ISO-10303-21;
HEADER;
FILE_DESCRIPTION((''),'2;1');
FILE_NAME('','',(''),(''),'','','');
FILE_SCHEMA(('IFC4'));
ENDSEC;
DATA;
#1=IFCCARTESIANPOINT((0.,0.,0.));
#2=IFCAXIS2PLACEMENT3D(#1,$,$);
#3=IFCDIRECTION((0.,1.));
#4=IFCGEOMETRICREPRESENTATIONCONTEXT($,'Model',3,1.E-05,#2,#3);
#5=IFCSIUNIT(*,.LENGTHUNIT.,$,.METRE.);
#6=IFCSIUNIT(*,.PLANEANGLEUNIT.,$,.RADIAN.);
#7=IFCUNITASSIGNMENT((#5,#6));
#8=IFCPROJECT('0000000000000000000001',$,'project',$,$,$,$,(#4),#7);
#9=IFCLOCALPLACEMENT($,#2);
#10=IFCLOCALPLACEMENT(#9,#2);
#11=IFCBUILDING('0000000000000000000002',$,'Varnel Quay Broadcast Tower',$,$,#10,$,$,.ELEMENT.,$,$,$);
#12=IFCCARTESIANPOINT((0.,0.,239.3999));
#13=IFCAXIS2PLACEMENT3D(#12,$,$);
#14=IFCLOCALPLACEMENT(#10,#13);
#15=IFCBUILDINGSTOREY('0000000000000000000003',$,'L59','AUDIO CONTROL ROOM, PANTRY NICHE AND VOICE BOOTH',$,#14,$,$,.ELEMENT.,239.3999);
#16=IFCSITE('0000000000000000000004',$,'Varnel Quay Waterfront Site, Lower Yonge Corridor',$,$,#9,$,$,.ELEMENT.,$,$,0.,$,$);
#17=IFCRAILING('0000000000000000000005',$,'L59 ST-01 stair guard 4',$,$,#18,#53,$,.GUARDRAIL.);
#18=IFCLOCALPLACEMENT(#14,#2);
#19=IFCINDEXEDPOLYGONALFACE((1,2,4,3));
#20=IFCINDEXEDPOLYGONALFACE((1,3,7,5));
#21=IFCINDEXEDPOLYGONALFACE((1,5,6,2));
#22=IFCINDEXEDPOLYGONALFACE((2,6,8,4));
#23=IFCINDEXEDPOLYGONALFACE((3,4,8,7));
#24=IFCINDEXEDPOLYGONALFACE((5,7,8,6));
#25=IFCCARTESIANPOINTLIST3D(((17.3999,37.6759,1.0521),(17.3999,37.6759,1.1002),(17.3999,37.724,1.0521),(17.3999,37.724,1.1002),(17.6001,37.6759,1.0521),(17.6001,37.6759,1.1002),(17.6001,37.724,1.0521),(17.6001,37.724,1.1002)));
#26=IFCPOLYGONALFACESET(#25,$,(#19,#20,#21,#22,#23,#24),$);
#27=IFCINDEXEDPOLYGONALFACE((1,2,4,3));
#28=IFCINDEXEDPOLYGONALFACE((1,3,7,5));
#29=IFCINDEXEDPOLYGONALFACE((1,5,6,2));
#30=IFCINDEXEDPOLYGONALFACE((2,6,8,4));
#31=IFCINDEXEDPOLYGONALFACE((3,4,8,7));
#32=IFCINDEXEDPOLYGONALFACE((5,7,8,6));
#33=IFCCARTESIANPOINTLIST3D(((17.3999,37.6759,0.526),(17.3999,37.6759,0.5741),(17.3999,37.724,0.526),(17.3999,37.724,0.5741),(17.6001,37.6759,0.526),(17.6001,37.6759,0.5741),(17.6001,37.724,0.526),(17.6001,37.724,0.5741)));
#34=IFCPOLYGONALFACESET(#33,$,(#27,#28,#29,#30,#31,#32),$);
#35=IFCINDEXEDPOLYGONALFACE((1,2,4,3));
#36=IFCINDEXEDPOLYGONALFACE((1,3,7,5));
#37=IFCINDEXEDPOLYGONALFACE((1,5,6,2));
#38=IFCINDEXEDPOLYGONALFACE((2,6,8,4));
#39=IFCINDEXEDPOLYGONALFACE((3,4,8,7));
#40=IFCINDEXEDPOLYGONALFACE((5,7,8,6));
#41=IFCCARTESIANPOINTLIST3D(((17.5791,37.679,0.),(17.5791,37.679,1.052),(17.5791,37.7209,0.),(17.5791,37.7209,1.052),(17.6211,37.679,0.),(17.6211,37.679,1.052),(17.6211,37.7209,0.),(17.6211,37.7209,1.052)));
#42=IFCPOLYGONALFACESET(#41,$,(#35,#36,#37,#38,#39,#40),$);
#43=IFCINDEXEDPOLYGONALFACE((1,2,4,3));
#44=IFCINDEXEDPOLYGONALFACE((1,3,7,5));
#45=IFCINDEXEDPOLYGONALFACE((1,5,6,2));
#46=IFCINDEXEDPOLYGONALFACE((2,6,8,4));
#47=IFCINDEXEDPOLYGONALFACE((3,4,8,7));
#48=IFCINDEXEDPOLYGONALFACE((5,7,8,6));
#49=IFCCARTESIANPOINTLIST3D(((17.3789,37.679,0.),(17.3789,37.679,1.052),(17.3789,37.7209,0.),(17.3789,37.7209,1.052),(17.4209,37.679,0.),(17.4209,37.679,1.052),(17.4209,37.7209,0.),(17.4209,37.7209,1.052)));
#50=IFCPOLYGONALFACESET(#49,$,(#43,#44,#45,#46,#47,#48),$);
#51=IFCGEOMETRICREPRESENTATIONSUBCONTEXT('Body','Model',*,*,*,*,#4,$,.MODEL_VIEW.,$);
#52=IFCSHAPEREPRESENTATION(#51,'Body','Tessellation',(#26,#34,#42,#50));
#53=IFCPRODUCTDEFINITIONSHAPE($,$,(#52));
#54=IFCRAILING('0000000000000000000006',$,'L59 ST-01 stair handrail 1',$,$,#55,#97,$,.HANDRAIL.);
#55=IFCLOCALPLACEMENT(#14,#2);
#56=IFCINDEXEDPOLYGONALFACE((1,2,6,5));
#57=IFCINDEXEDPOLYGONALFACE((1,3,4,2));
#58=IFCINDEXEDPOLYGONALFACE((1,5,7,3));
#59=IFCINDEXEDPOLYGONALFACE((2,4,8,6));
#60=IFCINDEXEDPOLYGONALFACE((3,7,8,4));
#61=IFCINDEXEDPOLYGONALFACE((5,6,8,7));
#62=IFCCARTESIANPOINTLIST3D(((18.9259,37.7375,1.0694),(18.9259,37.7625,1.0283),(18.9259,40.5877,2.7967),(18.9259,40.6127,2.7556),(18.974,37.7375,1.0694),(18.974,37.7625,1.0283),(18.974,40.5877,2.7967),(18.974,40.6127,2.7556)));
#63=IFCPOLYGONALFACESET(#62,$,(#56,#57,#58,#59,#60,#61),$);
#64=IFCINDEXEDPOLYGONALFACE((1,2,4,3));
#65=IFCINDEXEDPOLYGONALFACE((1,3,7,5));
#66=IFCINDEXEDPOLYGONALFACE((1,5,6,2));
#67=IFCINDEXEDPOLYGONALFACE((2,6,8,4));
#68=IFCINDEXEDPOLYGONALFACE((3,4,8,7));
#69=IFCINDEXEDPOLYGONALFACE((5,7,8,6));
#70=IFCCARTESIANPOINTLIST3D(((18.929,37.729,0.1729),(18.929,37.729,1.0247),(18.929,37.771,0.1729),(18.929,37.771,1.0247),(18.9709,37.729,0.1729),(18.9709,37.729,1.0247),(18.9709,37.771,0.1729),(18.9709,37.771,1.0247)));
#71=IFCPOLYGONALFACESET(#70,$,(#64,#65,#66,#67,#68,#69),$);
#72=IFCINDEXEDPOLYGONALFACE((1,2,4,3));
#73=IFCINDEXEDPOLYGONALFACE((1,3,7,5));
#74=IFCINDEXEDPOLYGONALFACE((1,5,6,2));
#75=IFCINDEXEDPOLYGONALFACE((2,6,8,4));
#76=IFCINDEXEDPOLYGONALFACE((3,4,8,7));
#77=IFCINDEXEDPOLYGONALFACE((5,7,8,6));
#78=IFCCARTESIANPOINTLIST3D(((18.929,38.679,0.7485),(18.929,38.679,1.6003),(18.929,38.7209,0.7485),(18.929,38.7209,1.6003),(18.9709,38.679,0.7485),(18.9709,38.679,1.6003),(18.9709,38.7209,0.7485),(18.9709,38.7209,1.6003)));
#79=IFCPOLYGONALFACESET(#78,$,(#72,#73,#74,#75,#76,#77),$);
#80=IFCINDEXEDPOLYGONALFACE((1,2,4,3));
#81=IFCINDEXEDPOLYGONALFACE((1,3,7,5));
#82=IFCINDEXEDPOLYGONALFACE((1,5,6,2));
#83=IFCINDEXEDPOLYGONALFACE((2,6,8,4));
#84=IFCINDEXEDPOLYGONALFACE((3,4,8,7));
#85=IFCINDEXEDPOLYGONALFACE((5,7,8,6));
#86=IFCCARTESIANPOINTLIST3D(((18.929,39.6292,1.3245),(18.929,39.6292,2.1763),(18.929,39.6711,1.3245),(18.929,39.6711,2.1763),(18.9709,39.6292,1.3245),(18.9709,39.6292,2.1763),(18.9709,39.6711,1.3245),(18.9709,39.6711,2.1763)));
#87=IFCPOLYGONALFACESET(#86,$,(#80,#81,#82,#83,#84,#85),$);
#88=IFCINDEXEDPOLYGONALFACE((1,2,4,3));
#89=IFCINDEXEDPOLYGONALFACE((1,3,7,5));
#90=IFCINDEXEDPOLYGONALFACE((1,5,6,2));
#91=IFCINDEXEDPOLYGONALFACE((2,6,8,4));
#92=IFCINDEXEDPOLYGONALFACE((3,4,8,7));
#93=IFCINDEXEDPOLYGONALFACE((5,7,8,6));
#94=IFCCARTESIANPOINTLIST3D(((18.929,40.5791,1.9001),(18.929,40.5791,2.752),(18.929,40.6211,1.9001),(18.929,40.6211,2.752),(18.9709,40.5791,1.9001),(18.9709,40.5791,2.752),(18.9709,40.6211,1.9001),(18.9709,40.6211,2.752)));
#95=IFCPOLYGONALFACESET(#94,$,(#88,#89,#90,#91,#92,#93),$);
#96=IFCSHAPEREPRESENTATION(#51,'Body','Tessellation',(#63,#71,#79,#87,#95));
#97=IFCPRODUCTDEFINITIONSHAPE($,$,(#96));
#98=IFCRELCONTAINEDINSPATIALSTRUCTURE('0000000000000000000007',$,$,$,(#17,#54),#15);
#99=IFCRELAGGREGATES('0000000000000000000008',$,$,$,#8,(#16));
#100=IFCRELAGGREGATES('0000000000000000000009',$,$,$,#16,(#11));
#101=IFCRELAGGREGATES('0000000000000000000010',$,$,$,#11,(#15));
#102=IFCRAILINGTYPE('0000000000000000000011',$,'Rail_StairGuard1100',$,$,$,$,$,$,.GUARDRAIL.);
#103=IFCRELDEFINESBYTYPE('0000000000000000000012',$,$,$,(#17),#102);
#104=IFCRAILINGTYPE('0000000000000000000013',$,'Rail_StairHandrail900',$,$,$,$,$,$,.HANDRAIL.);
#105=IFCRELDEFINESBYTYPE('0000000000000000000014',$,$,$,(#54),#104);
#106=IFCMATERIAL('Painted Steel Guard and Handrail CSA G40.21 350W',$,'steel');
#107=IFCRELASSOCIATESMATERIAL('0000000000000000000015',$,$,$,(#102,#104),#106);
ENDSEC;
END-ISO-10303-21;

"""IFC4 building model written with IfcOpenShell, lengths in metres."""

from ifc_helpers import new_model, si_unit, direction, frame, origin, origin_2d, place, context, subcontext, project, spatial, rectangle, extrude, material, type_object, element, save


model = new_model("IFC4")

# Units and contexts
model_context = context("Model", 3, precision=1e-05, world=origin(), true_north=direction((0.0, 1.0)))
body_context = subcontext(model_context, "Body", "Model", "MODEL_VIEW")
ifc_project = project(units=[si_unit("LENGTHUNIT", "METRE"), si_unit("PLANEANGLEUNIT", "RADIAN")], contexts=[model_context])

# Site, building, storey
site_placement = place(None, origin())
site = spatial("IfcSite", under=ifc_project, at=site_placement, Name="Varnel Quay Waterfront Site, Lower Yonge Corridor", CompositionType="ELEMENT", RefElevation=0.0)
building_placement = place(site_placement, origin())
building = spatial("IfcBuilding", under=site, at=building_placement, Name="Varnel Quay Broadcast Tower", CompositionType="ELEMENT")
storey_placement = place(building_placement, frame((0.0, 0.0, 239.3999)))
storey = spatial("IfcBuildingStorey", under=building, at=storey_placement, Name="L59", Description="AUDIO CONTROL ROOM, PANTRY NICHE AND VOICE BOOTH", CompositionType="ELEMENT", Elevation=239.3999)

# Railings
ifc_material_1 = material(Name="Painted Steel Guard and Handrail CSA G40.21 350W", Category="steel")
railing_type_1 = type_object("IfcRailingType", Name="Rail_StairGuard1100", PredefinedType="GUARDRAIL", material=ifc_material_1)
railing_1_placement = place(storey_placement, frame((17.6001, 37.7, 0.0)))
element("IfcRailing", 1, at=railing_1_placement, inside=storey, type_object=railing_type_1, Name="L59 ST-01 stair guard 4", PredefinedType="GUARDRAIL", context=body_context, shape_type="SweptSolid", body=[
    extrude(rectangle(XDim=0.0481, YDim=0.0481, at=origin_2d()), frame((0.0, 0.0, 1.0762), z_axis=(-1.0, 0.0, 0.0), x_axis=(0.0, -1.0, 0.0)), (0.0, 0.0, 1.0), 0.2002),
    extrude(rectangle(XDim=0.0481, YDim=0.0481, at=origin_2d()), frame((0.0, 0.0, 0.55), z_axis=(-1.0, 0.0, 0.0), x_axis=(0.0, -1.0, 0.0)), (0.0, 0.0, 1.0), 0.2002),
    extrude(rectangle(XDim=0.042, YDim=0.042, at=origin_2d()), origin(), (0.0, 0.0, 1.0), 1.052),
    extrude(rectangle(XDim=0.042, YDim=0.042, at=origin_2d()), frame((-0.2002, 0.0, 0.0)), (0.0, 0.0, 1.0), 1.052),
])
railing_type_2 = type_object("IfcRailingType", Name="Rail_StairHandrail900", PredefinedType="HANDRAIL", material=ifc_material_1)
railing_2_placement = place(storey_placement, frame((18.95, 37.75, 0.1729)))
element("IfcRailing", 2, at=railing_2_placement, inside=storey, type_object=railing_type_2, Name="L59 ST-01 stair handrail 1", PredefinedType="HANDRAIL", context=body_context, shape_type="SweptSolid", body=[
    extrude(rectangle(XDim=0.0481, YDim=0.0481, at=origin_2d()), frame((0.0, 0.0, 0.876), z_axis=(0.0, 0.855203, 0.518294), x_axis=(-1.0, 0.0, 0.0)), (0.0, 0.0, 1.0), 3.3328),
    extrude(rectangle(XDim=0.042, YDim=0.042, at=origin_2d()), origin(), (0.0, 0.0, 1.0), 0.8518),
    extrude(rectangle(XDim=0.042, YDim=0.042, at=origin_2d()), frame((0.0, 0.95, 0.5757)), (0.0, 0.0, 1.0), 0.8518),
    extrude(rectangle(XDim=0.042, YDim=0.042, at=origin_2d()), frame((0.0, 1.9001, 1.1516)), (0.0, 0.0, 1.0), 0.8518),
    extrude(rectangle(XDim=0.042, YDim=0.042, at=origin_2d()), frame((0.0, 2.8501, 1.7273)), (0.0, 0.0, 1.0), 0.8518),
])

save(model, "model.ifc")
